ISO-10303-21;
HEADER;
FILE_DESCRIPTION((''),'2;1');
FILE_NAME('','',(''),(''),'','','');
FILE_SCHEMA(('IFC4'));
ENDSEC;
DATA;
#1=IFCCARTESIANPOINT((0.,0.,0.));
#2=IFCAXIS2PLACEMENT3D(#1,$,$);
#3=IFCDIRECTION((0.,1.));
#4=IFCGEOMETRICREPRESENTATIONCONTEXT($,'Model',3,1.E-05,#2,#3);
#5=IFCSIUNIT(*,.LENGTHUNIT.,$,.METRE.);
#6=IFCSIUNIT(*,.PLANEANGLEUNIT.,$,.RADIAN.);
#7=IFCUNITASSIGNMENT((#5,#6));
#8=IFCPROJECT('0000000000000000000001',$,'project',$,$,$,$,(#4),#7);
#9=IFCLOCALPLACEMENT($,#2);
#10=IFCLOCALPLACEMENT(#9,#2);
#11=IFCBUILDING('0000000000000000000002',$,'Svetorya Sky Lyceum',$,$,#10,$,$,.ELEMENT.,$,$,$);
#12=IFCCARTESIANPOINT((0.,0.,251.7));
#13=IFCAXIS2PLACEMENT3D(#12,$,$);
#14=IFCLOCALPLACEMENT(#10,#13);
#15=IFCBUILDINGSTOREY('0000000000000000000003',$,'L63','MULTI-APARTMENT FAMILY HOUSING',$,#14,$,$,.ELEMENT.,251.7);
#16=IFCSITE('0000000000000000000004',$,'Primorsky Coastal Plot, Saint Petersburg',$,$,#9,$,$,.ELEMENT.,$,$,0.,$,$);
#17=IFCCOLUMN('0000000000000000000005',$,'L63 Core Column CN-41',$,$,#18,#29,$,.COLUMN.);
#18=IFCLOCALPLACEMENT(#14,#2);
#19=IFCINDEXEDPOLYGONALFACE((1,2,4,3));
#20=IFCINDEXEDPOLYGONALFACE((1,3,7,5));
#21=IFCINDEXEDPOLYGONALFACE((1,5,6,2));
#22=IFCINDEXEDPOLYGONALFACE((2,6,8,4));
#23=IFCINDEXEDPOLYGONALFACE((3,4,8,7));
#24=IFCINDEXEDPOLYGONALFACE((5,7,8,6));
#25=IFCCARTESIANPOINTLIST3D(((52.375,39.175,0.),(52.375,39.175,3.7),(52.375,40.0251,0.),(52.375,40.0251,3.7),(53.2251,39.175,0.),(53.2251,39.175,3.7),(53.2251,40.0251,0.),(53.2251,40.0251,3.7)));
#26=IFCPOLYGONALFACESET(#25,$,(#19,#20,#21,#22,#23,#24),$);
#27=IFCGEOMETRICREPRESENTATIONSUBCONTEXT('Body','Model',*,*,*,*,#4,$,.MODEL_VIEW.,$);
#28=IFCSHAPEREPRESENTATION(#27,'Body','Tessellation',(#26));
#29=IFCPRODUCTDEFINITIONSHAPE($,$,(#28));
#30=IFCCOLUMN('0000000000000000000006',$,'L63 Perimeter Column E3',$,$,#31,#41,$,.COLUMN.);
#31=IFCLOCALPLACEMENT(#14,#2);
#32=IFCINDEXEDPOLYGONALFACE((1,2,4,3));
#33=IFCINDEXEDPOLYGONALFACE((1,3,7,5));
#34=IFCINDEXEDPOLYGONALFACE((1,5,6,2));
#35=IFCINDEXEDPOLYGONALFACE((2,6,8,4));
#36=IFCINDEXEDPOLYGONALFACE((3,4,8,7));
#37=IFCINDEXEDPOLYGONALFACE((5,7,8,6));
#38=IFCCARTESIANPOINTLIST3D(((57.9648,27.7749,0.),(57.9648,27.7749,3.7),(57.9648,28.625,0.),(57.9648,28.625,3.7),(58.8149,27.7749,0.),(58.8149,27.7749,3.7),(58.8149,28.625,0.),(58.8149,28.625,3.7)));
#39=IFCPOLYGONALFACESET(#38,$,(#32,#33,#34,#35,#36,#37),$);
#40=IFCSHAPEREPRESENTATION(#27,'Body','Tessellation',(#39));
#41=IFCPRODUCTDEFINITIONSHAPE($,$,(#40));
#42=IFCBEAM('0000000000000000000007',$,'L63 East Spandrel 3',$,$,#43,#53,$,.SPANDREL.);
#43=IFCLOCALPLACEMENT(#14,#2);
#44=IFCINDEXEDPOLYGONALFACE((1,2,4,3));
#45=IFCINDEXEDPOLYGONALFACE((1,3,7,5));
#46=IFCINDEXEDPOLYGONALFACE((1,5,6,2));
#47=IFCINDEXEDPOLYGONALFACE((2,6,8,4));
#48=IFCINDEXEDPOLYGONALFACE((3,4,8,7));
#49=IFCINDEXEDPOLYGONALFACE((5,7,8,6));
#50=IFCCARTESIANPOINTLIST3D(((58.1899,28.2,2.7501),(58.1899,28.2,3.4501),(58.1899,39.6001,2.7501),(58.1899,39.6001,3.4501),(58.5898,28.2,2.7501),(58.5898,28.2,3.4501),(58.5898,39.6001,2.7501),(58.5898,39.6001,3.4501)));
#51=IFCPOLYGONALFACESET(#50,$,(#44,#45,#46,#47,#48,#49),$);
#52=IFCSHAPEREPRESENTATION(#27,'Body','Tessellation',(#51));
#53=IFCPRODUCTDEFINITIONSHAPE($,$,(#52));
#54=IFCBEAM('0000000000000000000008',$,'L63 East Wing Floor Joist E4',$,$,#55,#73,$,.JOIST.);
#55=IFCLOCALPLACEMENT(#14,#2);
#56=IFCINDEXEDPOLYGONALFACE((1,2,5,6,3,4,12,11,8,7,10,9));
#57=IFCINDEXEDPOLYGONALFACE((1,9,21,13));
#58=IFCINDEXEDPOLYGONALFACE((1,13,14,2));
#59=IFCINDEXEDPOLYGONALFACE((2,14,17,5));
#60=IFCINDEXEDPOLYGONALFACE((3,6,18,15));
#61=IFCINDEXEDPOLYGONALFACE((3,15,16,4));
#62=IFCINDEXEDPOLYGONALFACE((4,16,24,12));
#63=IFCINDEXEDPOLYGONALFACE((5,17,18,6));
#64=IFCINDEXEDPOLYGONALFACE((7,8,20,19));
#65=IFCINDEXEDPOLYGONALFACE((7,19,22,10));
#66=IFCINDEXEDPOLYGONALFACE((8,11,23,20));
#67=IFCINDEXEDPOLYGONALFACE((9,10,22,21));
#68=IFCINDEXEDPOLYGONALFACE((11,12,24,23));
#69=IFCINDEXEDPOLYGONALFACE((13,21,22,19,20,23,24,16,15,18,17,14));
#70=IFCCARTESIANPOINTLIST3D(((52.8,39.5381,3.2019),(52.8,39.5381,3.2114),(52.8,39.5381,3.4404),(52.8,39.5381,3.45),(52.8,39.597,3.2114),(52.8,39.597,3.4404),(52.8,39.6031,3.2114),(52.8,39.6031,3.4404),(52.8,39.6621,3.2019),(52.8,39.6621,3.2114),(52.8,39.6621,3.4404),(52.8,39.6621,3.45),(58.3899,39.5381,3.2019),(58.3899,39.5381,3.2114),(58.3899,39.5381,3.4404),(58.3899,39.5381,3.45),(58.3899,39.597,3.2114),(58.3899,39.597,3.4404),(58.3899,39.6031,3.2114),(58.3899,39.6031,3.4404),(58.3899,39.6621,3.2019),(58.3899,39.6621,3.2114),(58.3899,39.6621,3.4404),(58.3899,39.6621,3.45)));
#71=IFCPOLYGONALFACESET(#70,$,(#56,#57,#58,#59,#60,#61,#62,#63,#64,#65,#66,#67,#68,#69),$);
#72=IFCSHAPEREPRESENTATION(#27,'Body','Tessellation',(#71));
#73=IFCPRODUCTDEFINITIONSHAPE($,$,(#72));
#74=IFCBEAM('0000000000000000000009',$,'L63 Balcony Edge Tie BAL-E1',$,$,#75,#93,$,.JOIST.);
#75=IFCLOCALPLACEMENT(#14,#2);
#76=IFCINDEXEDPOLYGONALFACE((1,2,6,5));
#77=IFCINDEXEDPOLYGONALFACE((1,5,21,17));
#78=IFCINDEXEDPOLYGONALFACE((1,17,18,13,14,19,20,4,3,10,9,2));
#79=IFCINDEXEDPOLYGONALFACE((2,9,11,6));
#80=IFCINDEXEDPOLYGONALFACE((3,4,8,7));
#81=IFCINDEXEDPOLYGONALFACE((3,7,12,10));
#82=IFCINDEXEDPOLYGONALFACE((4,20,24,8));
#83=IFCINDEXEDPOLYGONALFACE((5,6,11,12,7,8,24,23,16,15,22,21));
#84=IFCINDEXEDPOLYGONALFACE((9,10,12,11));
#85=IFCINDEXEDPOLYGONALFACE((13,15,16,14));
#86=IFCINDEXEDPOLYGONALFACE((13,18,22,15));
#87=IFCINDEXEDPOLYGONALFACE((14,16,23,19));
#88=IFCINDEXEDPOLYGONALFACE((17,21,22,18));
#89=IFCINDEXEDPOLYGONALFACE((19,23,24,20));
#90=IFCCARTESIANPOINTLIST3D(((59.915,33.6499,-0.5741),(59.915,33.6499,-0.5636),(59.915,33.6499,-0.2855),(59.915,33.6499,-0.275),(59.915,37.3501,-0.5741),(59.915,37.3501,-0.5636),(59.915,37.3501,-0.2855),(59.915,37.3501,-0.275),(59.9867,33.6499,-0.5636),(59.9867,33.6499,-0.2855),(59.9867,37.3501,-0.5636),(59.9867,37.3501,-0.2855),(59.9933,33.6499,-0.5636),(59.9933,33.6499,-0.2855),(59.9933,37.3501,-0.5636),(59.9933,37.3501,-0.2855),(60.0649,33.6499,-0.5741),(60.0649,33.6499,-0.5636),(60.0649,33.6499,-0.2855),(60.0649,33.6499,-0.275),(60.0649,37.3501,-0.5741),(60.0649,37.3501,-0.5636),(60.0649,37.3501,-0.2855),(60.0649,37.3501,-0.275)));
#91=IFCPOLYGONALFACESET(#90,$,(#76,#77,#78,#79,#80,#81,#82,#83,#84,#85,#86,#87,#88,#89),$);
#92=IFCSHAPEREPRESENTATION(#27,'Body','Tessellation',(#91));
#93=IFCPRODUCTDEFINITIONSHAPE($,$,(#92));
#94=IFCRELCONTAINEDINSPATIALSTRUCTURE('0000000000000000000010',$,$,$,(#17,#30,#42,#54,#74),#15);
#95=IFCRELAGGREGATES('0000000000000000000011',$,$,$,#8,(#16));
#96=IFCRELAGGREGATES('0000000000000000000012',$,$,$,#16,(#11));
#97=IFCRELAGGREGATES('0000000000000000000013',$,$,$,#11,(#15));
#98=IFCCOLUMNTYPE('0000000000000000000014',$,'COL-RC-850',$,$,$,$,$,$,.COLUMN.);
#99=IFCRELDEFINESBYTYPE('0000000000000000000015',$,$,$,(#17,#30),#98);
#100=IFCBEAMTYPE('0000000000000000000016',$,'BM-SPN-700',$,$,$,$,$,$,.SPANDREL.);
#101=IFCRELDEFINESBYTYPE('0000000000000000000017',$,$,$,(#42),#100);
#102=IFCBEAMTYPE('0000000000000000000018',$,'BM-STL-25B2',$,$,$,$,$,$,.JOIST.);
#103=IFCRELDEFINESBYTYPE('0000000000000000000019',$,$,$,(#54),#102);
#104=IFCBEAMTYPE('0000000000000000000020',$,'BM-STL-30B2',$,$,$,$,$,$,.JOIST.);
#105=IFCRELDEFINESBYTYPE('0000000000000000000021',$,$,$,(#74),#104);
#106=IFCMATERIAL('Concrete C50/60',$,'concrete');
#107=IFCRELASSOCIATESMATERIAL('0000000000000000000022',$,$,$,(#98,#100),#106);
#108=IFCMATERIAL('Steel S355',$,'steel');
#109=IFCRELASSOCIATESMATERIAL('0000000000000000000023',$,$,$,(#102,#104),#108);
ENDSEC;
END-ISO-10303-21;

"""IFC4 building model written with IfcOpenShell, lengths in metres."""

from ifc_helpers import new_model, si_unit, direction, frame, origin, origin_2d, place, context, subcontext, project, spatial, rectangle, i_section, extrude, material, material_profile, profile_set, type_object, element, save


model = new_model("IFC4")

# Units and contexts
model_context = context("Model", 3, precision=1e-05, world=origin(), true_north=direction((0.0, 1.0)))
body_context = subcontext(model_context, "Body", "Model", "MODEL_VIEW")
ifc_project = project(units=[si_unit("LENGTHUNIT", "METRE"), si_unit("PLANEANGLEUNIT", "RADIAN")], contexts=[model_context])

# Site, building, storey
site_placement = place(None, origin())
site = spatial("IfcSite", under=ifc_project, at=site_placement, Name="Primorsky Coastal Plot, Saint Petersburg", CompositionType="ELEMENT", RefElevation=0.0)
building_placement = place(site_placement, origin())
building = spatial("IfcBuilding", under=site, at=building_placement, Name="Svetorya Sky Lyceum", CompositionType="ELEMENT")
storey_placement = place(building_placement, frame((0.0, 0.0, 251.7)))
storey = spatial("IfcBuildingStorey", under=building, at=storey_placement, Name="L63", Description="MULTI-APARTMENT FAMILY HOUSING", CompositionType="ELEMENT", Elevation=251.7)

# Columns
ifc_material_1 = material(Name="Concrete C50/60", Category="concrete")
ifc_material_profile_1 = material_profile(ifc_material_1, rectangle(XDim=0.8501, YDim=0.8501, at=origin_2d()), Name="RC COL 850x850")
ifc_profile_set_1 = profile_set([ifc_material_profile_1], Name="Concrete C50/60")
column_type = type_object("IfcColumnType", Name="COL-RC-850", PredefinedType="COLUMN", material=ifc_profile_set_1)
for number, where, z_axis, x_axis, name in (
    (1, (52.8, 39.6001, 0.0), (0.0, 0.0, 1.0), (1.0, 0.0, 0.0), "L63 Core Column CN-41"),
    (2, (58.3899, 28.2, 0.0), (0.0, 0.0, 1.0), (1.0, 0.0, 0.0), "L63 Perimeter Column E3"),
):
    element("IfcColumn", number, at=place(storey_placement, frame(where, z_axis=z_axis, x_axis=x_axis)), inside=storey, type_object=column_type, Name=name, PredefinedType="COLUMN", context=body_context, shape_type="SweptSolid", body=[
        extrude(rectangle(XDim=0.8501, YDim=0.8501, at=origin_2d()), origin(), (0.0, 0.0, 1.0), 3.7),
    ])

# Beams
ifc_material_profile_2 = material_profile(ifc_material_1, rectangle(XDim=0.3999, YDim=0.7, at=origin_2d()), Name="RC SPANDREL 400x700")
ifc_profile_set_2 = profile_set([ifc_material_profile_2], Name="Concrete C50/60")
beam_type_1 = type_object("IfcBeamType", Name="BM-SPN-700", PredefinedType="SPANDREL", material=ifc_profile_set_2)
beam_1_placement = place(storey_placement, frame((58.3899, 28.2, 3.1001), z_axis=(0.0, 1.0, 0.0), x_axis=(-1.0, 0.0, 0.0)))
element("IfcBeam", 3, at=beam_1_placement, inside=storey, type_object=beam_type_1, Name="L63 East Spandrel 3", PredefinedType="SPANDREL", context=body_context, shape_type="SweptSolid", body=[
    extrude(rectangle(XDim=0.3999, YDim=0.7, at=origin_2d()), origin(), (0.0, 0.0, 1.0), 11.4001),
])
ifc_material_2 = material(Name="Steel S355", Category="steel")
ifc_material_profile_3 = material_profile(ifc_material_2, i_section(OverallWidth=0.124, OverallDepth=0.248, WebThickness=0.0061, FlangeThickness=0.0095, at=origin_2d()), Name="GOST 25B2")
ifc_profile_set_3 = profile_set([ifc_material_profile_3], Name="Steel S355")
beam_type_2 = type_object("IfcBeamType", Name="BM-STL-25B2", PredefinedType="JOIST", material=ifc_profile_set_3)
beam_2_placement = place(storey_placement, frame((52.8, 39.6001, 3.3259), z_axis=(1.0, 0.0, 0.0), x_axis=(0.0, 1.0, 0.0)))
element("IfcBeam", 4, at=beam_2_placement, inside=storey, type_object=beam_type_2, Name="L63 East Wing Floor Joist E4", PredefinedType="JOIST", context=body_context, shape_type="SweptSolid", body=[
    extrude(i_section(OverallWidth=0.124, OverallDepth=0.248, WebThickness=0.0061, FlangeThickness=0.0095, at=origin_2d()), origin(), (0.0, 0.0, 1.0), 5.5898),
])
ifc_material_profile_4 = material_profile(ifc_material_2, i_section(OverallWidth=0.1499, OverallDepth=0.2991, WebThickness=0.0066, FlangeThickness=0.0105, at=origin_2d()), Name="GOST 30B2")
ifc_profile_set_4 = profile_set([ifc_material_profile_4], Name="Steel S355")
beam_type_3 = type_object("IfcBeamType", Name="BM-STL-30B2", PredefinedType="JOIST", material=ifc_profile_set_4)
beam_3_placement = place(storey_placement, frame((59.99, 33.6499, -0.4246), z_axis=(0.0, 1.0, 0.0), x_axis=(-1.0, 0.0, 0.0)))
element("IfcBeam", 5, at=beam_3_placement, inside=storey, type_object=beam_type_3, Name="L63 Balcony Edge Tie BAL-E1", PredefinedType="JOIST", context=body_context, shape_type="SweptSolid", body=[
    extrude(i_section(OverallWidth=0.1499, OverallDepth=0.2991, WebThickness=0.0066, FlangeThickness=0.0105, at=origin_2d()), origin(), (0.0, 0.0, 1.0), 3.7002),
])

save(model, "model.ifc")
